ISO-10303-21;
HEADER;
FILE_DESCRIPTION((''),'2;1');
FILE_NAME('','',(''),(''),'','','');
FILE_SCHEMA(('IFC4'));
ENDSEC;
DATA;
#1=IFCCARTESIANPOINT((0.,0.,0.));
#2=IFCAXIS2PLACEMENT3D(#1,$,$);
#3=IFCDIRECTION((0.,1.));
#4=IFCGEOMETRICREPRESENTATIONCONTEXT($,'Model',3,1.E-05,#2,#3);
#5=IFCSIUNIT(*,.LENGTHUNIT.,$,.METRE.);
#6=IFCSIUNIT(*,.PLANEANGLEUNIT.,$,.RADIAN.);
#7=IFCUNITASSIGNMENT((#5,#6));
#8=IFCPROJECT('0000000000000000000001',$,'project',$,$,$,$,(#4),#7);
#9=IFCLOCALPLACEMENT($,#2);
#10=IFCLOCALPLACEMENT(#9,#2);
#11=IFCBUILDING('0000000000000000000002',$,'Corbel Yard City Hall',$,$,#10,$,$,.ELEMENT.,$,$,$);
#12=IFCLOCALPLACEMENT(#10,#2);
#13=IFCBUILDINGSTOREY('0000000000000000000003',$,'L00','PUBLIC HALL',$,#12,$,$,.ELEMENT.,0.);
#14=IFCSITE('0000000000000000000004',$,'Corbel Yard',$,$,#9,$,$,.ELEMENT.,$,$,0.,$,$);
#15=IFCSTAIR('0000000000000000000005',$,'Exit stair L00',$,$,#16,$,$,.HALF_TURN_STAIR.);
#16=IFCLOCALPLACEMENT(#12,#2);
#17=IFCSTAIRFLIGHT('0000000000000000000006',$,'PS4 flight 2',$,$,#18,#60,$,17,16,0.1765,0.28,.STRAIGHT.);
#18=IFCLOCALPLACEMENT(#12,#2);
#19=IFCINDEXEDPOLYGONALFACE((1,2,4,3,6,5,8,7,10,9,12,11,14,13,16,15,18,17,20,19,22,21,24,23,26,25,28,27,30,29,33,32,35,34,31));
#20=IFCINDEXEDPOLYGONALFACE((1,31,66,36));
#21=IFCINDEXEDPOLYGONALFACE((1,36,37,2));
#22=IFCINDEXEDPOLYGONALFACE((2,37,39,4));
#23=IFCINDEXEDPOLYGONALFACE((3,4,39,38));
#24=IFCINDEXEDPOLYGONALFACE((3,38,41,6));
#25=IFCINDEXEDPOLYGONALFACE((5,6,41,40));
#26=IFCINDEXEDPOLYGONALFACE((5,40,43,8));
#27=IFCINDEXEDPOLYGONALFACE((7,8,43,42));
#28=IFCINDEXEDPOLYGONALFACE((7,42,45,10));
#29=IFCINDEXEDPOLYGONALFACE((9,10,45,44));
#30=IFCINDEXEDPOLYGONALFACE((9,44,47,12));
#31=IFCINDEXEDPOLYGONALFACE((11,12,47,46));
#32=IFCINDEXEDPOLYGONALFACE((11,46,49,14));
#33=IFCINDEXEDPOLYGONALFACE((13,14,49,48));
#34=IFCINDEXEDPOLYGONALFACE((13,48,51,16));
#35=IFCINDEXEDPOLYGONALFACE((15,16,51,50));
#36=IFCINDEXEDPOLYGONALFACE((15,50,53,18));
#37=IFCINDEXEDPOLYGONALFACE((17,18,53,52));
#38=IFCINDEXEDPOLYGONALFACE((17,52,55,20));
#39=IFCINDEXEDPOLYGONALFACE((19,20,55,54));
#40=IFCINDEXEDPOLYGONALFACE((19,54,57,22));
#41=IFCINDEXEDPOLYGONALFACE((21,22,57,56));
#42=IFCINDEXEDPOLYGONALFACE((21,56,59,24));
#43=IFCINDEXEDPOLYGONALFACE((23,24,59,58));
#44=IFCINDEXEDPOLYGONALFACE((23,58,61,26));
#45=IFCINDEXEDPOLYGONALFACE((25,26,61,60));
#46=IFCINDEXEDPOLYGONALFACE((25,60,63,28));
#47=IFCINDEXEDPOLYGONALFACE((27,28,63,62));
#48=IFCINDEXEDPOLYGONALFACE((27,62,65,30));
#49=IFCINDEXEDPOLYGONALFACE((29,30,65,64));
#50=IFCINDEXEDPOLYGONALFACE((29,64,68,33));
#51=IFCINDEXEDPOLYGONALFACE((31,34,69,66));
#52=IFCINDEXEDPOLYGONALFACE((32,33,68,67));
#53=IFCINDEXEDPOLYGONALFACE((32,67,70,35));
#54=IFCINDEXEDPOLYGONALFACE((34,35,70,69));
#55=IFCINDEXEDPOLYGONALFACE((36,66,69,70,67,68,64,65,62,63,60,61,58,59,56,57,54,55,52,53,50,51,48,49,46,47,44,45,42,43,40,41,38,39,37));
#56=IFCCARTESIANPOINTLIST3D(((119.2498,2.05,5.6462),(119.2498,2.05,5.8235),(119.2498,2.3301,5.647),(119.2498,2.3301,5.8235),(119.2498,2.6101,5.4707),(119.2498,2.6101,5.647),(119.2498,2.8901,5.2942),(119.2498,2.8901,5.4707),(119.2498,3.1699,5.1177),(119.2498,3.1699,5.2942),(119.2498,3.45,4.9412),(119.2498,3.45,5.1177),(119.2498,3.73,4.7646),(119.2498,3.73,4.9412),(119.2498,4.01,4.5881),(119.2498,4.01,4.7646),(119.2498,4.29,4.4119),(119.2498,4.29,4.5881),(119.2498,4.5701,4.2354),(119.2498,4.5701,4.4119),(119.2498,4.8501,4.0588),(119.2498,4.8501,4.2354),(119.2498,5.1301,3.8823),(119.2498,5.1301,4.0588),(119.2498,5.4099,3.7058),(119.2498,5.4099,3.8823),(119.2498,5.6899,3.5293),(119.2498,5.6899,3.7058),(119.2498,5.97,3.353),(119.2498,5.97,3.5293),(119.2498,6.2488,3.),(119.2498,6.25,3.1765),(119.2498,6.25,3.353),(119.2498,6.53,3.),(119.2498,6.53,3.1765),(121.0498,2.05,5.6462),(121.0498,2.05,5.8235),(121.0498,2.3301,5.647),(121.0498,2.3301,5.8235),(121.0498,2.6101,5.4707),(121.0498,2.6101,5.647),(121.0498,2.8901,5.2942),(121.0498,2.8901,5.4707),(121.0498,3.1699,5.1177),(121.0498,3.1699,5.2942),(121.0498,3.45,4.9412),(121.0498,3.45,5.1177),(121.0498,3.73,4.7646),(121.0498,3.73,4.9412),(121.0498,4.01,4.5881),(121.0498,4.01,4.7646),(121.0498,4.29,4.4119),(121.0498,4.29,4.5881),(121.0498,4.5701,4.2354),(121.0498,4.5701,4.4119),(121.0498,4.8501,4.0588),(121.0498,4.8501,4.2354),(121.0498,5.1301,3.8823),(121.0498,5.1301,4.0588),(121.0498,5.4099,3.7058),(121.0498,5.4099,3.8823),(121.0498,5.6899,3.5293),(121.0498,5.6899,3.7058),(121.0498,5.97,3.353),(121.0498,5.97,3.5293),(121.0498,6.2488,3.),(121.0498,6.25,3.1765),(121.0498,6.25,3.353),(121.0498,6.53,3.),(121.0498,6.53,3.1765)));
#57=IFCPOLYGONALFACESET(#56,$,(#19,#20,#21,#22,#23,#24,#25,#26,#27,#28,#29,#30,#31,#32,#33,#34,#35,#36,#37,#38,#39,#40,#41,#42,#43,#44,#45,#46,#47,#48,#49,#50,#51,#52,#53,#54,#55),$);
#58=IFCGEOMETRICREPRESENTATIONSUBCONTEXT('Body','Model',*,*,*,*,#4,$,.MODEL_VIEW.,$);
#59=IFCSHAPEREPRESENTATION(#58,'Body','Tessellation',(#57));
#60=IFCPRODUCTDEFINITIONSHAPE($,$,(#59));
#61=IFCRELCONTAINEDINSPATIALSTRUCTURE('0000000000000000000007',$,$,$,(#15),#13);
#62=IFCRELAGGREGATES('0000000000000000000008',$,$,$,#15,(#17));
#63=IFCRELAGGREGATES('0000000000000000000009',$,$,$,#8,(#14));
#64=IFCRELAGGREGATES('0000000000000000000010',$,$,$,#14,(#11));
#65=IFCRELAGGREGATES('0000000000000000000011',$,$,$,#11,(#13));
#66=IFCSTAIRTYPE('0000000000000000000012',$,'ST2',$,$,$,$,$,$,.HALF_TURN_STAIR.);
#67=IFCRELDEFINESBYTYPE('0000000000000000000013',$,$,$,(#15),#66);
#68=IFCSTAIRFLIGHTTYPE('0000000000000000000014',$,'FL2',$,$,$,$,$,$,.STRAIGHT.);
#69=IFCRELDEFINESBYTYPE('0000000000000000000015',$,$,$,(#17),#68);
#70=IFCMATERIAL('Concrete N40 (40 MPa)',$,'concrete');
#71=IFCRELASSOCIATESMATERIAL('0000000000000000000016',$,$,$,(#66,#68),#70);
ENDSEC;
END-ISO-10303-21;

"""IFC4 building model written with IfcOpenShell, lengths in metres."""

from ifc_helpers import new_model, si_unit, direction, frame, origin, place, context, subcontext, project, spatial, polyline, outline, extrude, material, type_object, element, aggregate, save


model = new_model("IFC4")

# Units and contexts
model_context = context("Model", 3, precision=1e-05, world=origin(), true_north=direction((0.0, 1.0)))
body_context = subcontext(model_context, "Body", "Model", "MODEL_VIEW")
ifc_project = project(units=[si_unit("LENGTHUNIT", "METRE"), si_unit("PLANEANGLEUNIT", "RADIAN")], contexts=[model_context])

# Site, building, storey
site_placement = place(None, origin())
site = spatial("IfcSite", under=ifc_project, at=site_placement, Name="Corbel Yard", CompositionType="ELEMENT", RefElevation=0.0)
building_placement = place(site_placement, origin())
building = spatial("IfcBuilding", under=site, at=building_placement, Name="Corbel Yard City Hall", CompositionType="ELEMENT")
storey_placement = place(building_placement, origin())
storey = spatial("IfcBuildingStorey", under=building, at=storey_placement, Name="L00", Description="PUBLIC HALL", CompositionType="ELEMENT", Elevation=0.0)

# Shared definitions
ifc_material_1 = material(Name="Concrete N40 (40 MPa)", Category="concrete")

# Stair, stair flight
stair_type = type_object("IfcStairType", Name="ST2", PredefinedType="HALF_TURN_STAIR", material=ifc_material_1)
stair_placement = place(storey_placement, origin())
stair = element("IfcStair", 1, at=stair_placement, inside=storey, type_object=stair_type, Name="Exit stair L00", PredefinedType="HALF_TURN_STAIR")
stair_flight_type = type_object("IfcStairFlightType", Name="FL2", PredefinedType="STRAIGHT", material=ifc_material_1)
stair_flight_1_placement = place(storey_placement, frame((120.1499, 6.53, 3.0), z_axis=(0.0, 0.0, 1.0), x_axis=(0.0, -1.0, 0.0)))
stair_flight_1 = element("IfcStairFlight", 2, at=stair_flight_1_placement, type_object=stair_flight_type, Name="PS4 flight 2", NumberOfRisers=17, NumberOfTreads=16, PredefinedType="STRAIGHT", RiserHeight=0.1765, TreadLength=0.28, context=body_context, shape_type="SweptSolid", body=[
    extrude(outline(polyline([(0.0, 0.0), (0.0, 0.1765), (0.28, 0.1765), (0.28, 0.353), (0.5601, 0.353), (0.5601, 0.5293), (0.8401, 0.5293), (0.8401, 0.7058), (1.1201, 0.7058), (1.1201, 0.8823), (1.3999, 0.8823), (1.3999, 1.0588), (1.6799, 1.0588), (1.6799, 1.2354), (1.96, 1.2354), (1.96, 1.4119), (2.24, 1.4119), (2.24, 1.5881), (2.52, 1.5881), (2.52, 1.7646), (2.8, 1.7646), (2.8, 1.9412), (3.0801, 1.9412), (3.0801, 2.1177), (3.3601, 2.1177), (3.3601, 2.2942), (3.6399, 2.2942), (3.6399, 2.4707), (3.9199, 2.4707), (3.9199, 2.647), (4.2, 2.647), (4.2, 2.8235), (4.48, 2.8235), (4.48, 3.0), (4.48, 2.6462), (0.2812, 0.0), (0.0, 0.0)])), frame((0.0, 0.8999, 0.0), z_axis=(0.0, -1.0, 0.0), x_axis=(1.0, 0.0, 0.0)), (0.0, 0.0, 1.0), 1.8),
])
aggregate(stair, [stair_flight_1])

save(model, "model.ifc")
